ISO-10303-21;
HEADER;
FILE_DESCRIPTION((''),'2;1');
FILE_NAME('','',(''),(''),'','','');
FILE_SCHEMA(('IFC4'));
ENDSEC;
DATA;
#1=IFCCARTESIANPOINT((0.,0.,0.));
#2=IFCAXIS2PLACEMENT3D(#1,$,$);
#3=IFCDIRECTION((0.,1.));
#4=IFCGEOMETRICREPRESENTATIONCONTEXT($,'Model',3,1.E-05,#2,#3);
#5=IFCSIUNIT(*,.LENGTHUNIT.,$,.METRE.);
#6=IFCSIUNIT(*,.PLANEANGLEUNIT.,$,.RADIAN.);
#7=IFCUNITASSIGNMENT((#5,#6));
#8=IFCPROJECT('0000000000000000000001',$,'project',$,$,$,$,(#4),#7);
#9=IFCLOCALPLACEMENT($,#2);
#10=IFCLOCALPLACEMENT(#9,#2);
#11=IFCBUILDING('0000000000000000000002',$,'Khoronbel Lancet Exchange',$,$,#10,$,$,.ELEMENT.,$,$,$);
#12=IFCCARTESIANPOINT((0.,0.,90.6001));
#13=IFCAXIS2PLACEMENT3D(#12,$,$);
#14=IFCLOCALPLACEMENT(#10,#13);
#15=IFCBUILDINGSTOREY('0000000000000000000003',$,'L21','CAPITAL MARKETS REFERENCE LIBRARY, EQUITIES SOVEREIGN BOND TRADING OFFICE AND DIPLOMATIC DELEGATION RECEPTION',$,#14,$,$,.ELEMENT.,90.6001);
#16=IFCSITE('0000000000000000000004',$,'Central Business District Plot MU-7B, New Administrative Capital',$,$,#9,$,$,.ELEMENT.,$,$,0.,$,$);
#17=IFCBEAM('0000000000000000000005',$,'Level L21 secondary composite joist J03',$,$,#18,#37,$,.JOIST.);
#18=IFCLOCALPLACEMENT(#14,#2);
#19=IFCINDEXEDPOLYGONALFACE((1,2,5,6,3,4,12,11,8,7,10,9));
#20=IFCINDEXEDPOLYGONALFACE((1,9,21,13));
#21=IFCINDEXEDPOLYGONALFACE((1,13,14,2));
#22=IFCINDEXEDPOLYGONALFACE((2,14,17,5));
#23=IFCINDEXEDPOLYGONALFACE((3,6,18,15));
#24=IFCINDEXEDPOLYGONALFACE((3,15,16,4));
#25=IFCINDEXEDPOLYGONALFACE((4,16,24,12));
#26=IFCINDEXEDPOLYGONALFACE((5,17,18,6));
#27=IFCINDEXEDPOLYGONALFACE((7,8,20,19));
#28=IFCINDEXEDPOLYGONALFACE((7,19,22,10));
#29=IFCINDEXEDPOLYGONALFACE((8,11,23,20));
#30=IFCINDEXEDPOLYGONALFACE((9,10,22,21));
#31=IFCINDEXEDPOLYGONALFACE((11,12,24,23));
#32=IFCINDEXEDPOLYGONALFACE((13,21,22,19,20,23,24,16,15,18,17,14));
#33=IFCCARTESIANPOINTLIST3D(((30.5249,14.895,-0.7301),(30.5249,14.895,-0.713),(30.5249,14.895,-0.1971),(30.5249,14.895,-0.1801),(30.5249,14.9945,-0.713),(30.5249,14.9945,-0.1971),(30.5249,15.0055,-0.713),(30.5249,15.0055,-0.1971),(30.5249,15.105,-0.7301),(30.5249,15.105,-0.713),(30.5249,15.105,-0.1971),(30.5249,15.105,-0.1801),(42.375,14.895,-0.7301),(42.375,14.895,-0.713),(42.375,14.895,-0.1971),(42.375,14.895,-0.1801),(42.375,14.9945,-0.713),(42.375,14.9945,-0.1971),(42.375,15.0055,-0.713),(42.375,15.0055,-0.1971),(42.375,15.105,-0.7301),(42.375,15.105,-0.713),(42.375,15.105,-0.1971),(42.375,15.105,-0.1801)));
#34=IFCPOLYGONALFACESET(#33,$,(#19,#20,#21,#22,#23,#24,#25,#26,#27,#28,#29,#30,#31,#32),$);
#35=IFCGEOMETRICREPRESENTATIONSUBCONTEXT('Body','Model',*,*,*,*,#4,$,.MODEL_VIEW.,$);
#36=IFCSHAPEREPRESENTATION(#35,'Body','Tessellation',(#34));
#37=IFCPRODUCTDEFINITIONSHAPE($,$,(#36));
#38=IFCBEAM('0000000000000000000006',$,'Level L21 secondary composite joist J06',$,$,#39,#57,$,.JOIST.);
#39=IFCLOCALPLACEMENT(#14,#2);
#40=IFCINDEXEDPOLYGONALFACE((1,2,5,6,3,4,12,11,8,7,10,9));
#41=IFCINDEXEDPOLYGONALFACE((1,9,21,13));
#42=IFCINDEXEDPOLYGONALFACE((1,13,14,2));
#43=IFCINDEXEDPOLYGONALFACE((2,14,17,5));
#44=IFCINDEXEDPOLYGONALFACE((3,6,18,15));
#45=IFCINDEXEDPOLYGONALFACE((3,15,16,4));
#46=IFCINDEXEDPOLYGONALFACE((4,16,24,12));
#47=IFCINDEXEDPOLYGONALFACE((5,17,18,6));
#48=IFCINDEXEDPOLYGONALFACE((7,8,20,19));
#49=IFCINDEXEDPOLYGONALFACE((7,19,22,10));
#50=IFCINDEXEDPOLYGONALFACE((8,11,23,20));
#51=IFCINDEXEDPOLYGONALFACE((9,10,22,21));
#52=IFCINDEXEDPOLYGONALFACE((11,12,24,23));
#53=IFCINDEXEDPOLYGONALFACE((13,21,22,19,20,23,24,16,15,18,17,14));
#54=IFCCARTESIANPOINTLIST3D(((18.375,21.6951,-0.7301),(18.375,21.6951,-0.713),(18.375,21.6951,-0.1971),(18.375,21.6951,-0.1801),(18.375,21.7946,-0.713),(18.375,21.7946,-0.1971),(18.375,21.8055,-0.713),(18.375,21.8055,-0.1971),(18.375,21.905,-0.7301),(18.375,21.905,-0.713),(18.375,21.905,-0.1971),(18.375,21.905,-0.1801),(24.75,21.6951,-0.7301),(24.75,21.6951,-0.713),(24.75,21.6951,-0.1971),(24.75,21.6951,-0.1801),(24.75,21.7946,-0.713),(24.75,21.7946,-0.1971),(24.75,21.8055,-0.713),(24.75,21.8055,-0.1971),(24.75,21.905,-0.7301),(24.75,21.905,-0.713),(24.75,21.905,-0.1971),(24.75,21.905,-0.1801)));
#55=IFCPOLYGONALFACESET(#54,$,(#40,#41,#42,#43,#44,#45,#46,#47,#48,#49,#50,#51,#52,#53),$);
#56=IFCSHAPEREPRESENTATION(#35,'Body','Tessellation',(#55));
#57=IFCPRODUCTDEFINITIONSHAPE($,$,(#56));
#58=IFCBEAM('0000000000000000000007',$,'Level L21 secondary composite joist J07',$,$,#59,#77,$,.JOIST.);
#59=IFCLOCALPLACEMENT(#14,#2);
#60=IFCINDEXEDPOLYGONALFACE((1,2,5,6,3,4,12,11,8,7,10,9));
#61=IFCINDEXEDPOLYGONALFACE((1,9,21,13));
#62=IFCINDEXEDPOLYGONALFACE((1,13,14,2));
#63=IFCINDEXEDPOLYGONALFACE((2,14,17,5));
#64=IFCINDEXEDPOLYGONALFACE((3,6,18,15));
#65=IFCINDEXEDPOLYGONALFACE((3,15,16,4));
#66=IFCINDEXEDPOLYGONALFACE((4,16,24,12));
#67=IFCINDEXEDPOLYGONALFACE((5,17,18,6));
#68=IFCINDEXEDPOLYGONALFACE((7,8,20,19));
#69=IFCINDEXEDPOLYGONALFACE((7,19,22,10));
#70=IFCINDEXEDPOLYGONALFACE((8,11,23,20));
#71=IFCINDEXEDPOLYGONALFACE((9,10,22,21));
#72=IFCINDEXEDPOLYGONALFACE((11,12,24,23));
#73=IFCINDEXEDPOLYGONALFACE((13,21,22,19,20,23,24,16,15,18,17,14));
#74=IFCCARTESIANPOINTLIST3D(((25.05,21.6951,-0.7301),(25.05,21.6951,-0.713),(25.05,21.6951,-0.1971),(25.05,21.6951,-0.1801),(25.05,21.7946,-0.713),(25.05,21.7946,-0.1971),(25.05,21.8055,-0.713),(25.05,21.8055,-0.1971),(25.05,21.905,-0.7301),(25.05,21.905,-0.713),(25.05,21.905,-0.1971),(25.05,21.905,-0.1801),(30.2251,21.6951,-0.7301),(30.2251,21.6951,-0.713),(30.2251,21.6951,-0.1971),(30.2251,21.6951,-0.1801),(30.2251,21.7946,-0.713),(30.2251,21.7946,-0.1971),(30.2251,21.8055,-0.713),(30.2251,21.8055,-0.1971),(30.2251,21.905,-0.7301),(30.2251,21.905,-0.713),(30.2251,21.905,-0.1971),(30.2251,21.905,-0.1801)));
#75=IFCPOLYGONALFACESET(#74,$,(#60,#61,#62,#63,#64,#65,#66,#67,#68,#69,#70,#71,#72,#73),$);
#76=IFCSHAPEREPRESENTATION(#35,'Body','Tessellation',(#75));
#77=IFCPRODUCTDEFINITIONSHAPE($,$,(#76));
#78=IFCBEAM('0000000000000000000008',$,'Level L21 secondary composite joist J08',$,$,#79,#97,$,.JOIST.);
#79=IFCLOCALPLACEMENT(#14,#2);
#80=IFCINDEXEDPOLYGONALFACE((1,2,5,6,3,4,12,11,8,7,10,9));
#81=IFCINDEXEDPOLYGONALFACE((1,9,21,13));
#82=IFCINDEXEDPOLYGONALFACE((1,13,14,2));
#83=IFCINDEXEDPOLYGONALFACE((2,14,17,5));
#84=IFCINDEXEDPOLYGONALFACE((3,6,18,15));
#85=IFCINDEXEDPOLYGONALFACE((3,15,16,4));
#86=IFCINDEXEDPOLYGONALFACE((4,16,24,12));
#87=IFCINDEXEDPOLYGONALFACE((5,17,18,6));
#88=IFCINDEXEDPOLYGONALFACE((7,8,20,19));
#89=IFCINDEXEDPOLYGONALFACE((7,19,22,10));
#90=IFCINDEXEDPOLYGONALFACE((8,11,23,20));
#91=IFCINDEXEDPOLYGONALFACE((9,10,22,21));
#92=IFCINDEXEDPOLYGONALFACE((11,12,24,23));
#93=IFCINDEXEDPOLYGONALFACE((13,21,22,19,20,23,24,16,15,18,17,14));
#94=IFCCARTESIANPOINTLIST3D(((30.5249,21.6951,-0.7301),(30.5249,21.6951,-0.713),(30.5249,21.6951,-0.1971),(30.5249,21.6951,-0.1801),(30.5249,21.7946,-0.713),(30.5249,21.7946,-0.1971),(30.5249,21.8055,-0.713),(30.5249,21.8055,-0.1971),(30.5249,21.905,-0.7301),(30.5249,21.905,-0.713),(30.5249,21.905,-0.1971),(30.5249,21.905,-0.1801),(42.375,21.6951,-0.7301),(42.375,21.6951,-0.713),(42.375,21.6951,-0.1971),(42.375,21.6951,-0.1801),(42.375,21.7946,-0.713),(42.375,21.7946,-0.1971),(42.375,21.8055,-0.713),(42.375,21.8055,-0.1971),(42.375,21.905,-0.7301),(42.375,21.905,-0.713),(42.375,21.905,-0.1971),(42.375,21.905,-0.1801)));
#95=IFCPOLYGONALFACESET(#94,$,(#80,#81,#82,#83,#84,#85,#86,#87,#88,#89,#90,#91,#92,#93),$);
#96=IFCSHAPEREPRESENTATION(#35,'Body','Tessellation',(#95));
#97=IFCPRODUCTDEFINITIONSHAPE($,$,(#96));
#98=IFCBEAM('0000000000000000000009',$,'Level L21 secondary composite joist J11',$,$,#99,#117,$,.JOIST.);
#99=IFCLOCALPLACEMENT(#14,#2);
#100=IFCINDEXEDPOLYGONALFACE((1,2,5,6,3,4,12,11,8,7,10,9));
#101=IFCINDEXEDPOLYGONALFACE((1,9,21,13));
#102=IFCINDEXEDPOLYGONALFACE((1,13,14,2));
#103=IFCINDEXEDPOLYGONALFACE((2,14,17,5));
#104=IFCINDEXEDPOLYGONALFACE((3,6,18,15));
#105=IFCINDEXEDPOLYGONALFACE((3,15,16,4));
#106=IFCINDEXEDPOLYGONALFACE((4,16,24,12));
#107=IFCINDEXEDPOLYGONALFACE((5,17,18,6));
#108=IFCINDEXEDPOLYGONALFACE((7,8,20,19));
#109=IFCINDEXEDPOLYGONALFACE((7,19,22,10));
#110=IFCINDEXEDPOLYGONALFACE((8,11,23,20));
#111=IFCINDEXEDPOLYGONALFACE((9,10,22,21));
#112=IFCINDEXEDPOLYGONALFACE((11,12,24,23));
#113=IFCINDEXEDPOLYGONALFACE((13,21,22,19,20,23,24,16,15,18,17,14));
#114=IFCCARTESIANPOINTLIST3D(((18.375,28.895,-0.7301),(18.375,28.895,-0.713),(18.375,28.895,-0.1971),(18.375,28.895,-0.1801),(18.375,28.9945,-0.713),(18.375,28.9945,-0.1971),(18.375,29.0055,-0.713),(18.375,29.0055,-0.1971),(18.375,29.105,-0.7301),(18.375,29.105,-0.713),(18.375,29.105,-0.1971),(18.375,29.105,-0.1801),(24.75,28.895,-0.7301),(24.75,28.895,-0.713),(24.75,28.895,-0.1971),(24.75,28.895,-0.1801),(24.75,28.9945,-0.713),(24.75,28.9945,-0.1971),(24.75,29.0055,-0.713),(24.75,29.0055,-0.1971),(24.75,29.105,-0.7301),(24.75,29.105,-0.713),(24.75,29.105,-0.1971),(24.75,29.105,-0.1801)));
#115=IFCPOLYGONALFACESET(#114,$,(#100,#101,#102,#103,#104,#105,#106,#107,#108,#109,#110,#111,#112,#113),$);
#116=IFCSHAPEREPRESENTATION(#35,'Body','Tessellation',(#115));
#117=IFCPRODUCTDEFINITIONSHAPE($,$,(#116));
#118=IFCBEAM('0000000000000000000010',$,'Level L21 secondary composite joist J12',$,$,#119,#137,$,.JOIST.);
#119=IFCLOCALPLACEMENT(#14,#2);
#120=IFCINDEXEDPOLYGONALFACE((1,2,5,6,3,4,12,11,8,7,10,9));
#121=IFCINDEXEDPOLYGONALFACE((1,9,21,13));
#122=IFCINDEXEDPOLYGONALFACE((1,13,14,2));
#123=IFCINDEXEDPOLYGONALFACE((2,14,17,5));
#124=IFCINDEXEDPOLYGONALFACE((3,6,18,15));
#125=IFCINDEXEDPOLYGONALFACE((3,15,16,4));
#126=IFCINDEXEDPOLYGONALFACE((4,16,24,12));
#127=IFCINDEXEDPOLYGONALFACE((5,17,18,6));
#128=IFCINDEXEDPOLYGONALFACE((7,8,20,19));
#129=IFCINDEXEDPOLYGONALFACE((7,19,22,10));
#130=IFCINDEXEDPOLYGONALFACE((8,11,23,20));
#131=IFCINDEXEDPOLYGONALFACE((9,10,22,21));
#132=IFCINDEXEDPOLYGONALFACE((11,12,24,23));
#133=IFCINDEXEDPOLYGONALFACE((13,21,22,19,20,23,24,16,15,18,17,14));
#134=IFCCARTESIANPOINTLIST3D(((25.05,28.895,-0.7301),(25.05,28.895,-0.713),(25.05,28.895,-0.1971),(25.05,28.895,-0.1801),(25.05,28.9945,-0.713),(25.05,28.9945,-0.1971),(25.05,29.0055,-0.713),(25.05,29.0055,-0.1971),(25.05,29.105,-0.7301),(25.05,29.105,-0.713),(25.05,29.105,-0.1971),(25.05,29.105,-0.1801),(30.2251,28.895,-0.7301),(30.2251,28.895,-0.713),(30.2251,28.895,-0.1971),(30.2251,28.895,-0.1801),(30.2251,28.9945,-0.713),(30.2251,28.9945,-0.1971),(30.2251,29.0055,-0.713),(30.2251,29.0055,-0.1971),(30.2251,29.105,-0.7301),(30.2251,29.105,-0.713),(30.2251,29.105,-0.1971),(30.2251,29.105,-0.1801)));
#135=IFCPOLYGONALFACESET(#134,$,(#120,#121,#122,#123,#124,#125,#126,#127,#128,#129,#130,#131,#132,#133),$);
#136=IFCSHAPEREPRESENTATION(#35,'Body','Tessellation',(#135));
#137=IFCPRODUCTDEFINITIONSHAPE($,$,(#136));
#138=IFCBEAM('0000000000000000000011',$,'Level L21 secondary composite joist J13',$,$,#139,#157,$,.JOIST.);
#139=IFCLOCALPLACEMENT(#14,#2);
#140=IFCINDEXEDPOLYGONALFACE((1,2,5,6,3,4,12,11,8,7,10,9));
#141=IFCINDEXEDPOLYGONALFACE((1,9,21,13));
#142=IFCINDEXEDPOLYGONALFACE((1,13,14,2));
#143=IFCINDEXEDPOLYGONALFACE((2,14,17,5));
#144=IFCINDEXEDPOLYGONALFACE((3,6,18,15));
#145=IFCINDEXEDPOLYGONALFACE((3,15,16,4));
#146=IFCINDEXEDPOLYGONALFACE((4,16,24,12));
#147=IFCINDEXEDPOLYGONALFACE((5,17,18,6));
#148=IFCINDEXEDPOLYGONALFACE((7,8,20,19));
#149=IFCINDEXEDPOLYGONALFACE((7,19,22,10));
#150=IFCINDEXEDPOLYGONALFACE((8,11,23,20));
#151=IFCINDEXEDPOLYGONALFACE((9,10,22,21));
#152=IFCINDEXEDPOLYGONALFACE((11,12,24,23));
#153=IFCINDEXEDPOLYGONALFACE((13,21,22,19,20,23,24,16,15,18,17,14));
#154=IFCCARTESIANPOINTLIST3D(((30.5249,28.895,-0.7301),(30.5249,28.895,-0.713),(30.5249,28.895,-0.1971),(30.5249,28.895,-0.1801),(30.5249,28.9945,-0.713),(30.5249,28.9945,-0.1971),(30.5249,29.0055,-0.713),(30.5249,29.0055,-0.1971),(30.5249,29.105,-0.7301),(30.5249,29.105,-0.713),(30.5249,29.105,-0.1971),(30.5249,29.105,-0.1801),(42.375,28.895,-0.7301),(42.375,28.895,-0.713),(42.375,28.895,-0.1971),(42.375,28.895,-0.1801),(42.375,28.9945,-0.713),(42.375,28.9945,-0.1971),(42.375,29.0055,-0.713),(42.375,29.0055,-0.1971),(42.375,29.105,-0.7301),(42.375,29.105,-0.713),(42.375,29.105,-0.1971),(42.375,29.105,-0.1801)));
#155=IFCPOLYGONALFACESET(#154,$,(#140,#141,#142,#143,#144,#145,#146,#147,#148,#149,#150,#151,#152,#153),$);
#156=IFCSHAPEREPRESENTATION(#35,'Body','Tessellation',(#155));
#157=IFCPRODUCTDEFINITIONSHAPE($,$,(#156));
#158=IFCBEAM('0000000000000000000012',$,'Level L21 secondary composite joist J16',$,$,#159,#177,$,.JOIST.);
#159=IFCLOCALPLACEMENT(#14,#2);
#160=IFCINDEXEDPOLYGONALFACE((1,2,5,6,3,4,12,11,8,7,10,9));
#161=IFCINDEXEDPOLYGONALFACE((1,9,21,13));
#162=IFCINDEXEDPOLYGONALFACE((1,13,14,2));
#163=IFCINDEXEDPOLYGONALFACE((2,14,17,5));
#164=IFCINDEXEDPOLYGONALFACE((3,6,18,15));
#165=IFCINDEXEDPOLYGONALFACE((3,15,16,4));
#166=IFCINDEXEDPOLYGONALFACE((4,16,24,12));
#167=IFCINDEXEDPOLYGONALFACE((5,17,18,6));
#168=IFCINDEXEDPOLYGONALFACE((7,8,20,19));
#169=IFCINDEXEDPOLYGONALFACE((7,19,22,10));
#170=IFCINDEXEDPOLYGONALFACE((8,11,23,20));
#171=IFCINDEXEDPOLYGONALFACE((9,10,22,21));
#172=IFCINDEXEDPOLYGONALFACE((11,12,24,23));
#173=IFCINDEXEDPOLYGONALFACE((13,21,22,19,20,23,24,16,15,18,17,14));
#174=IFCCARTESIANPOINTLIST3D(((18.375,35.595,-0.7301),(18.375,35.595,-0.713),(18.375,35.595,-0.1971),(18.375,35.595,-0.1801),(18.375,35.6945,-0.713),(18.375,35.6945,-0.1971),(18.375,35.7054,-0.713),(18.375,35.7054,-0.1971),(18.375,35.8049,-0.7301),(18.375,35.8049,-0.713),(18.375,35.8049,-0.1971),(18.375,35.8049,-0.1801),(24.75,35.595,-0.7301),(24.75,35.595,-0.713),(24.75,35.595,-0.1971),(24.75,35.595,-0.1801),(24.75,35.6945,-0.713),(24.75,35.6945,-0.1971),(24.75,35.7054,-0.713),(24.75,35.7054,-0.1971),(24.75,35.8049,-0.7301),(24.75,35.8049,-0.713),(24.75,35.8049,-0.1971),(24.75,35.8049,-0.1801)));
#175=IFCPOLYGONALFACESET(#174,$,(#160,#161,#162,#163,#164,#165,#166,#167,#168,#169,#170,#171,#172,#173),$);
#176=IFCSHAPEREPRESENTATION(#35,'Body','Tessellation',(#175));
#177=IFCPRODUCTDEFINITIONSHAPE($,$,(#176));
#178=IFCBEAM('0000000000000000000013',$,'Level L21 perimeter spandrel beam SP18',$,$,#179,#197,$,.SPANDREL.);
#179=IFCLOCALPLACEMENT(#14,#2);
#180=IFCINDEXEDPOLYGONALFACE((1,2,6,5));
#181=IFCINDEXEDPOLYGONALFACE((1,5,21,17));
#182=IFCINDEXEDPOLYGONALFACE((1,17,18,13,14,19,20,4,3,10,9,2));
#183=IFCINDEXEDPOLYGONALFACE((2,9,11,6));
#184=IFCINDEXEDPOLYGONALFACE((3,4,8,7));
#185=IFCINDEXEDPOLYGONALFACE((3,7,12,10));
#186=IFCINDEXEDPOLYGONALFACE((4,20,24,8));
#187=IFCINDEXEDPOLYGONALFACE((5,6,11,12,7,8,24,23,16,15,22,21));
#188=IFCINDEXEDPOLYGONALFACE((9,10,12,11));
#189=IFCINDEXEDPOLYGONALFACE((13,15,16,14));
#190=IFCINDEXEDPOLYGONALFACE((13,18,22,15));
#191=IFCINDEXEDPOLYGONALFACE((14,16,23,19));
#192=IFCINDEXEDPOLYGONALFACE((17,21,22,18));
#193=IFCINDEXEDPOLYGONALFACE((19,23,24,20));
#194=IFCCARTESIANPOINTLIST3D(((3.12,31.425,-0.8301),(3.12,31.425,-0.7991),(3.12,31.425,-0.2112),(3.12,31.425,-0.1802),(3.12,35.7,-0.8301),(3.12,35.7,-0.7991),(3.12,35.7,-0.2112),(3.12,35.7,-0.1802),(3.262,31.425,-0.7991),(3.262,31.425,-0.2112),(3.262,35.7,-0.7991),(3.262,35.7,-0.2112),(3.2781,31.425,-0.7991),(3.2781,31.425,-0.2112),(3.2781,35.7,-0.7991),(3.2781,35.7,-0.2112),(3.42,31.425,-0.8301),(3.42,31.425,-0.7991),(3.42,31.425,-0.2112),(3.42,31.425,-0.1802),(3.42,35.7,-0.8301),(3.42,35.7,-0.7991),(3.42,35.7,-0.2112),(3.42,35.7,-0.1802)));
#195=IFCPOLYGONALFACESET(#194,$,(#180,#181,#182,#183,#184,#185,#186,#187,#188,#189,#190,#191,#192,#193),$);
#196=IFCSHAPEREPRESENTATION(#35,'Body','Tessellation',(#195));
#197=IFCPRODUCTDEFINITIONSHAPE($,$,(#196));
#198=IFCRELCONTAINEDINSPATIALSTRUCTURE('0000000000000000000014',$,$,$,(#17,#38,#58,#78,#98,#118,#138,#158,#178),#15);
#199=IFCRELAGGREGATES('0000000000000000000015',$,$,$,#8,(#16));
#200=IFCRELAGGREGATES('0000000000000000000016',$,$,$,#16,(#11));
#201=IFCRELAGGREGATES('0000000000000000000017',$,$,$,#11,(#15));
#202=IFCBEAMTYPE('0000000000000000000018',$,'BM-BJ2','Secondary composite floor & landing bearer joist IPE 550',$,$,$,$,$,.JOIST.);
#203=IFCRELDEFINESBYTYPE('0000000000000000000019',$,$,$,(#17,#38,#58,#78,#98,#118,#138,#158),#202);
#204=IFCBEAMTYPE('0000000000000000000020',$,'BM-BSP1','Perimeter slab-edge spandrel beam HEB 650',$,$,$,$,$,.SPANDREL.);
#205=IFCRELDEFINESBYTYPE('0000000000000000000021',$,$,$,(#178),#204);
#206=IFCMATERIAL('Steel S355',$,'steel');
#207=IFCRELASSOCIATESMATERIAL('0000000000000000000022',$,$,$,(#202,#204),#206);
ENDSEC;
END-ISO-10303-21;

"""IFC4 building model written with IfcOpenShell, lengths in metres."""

from ifc_helpers import new_model, si_unit, direction, frame, origin, origin_2d, place, context, subcontext, project, spatial, i_section, extrude, material, material_profile, profile_set, type_object, element, save


model = new_model("IFC4")

# Units and contexts
model_context = context("Model", 3, precision=1e-05, world=origin(), true_north=direction((0.0, 1.0)))
body_context = subcontext(model_context, "Body", "Model", "MODEL_VIEW")
ifc_project = project(units=[si_unit("LENGTHUNIT", "METRE"), si_unit("PLANEANGLEUNIT", "RADIAN")], contexts=[model_context])

# Site, building, storey
site_placement = place(None, origin())
site = spatial("IfcSite", under=ifc_project, at=site_placement, Name="Central Business District Plot MU-7B, New Administrative Capital", CompositionType="ELEMENT", RefElevation=0.0)
building_placement = place(site_placement, origin())
building = spatial("IfcBuilding", under=site, at=building_placement, Name="Khoronbel Lancet Exchange", CompositionType="ELEMENT")
storey_placement = place(building_placement, frame((0.0, 0.0, 90.6001)))
storey = spatial("IfcBuildingStorey", under=building, at=storey_placement, Name="L21", Description="CAPITAL MARKETS REFERENCE LIBRARY, EQUITIES SOVEREIGN BOND TRADING OFFICE AND DIPLOMATIC DELEGATION RECEPTION", CompositionType="ELEMENT", Elevation=90.6001)

# Shared definitions
ifc_material_1 = material(Name="Steel S355", Category="steel")

# Beams
ifc_material_profile_1 = material_profile(ifc_material_1, i_section(OverallWidth=0.21, OverallDepth=0.55, WebThickness=0.011, FlangeThickness=0.0171, at=origin_2d()), Name="IPE 550")
ifc_profile_set_1 = profile_set([ifc_material_profile_1], Name="Steel S355")
beam_type_1 = type_object("IfcBeamType", Name="BM-BJ2", Description="Secondary composite floor & landing bearer joist IPE 550", PredefinedType="JOIST", material=ifc_profile_set_1)
beam_1_placement = place(storey_placement, frame((30.5249, 15.0, -0.4551), z_axis=(1.0, 0.0, 0.0), x_axis=(0.0, 1.0, 0.0)))
element("IfcBeam", 1, at=beam_1_placement, inside=storey, type_object=beam_type_1, Name="Level L21 secondary composite joist J03", PredefinedType="JOIST", context=body_context, shape_type="SweptSolid", body=[
    extrude(i_section(OverallWidth=0.21, OverallDepth=0.55, WebThickness=0.011, FlangeThickness=0.0171, at=origin_2d()), origin(), (0.0, 0.0, 1.0), 11.8501),
])
beam_2_placement = place(storey_placement, frame((18.375, 21.8, -0.4551), z_axis=(1.0, 0.0, 0.0), x_axis=(0.0, 1.0, 0.0)))
element("IfcBeam", 2, at=beam_2_placement, inside=storey, type_object=beam_type_1, Name="Level L21 secondary composite joist J06", PredefinedType="JOIST", context=body_context, shape_type="SweptSolid", body=[
    extrude(i_section(OverallWidth=0.21, OverallDepth=0.55, WebThickness=0.011, FlangeThickness=0.0171, at=origin_2d()), origin(), (0.0, 0.0, 1.0), 6.375),
])
beam_3_placement = place(storey_placement, frame((25.05, 21.8, -0.4551), z_axis=(1.0, 0.0, 0.0), x_axis=(0.0, 1.0, 0.0)))
element("IfcBeam", 3, at=beam_3_placement, inside=storey, type_object=beam_type_1, Name="Level L21 secondary composite joist J07", PredefinedType="JOIST", context=body_context, shape_type="SweptSolid", body=[
    extrude(i_section(OverallWidth=0.21, OverallDepth=0.55, WebThickness=0.011, FlangeThickness=0.0171, at=origin_2d()), origin(), (0.0, 0.0, 1.0), 5.175),
])
beam_4_placement = place(storey_placement, frame((30.5249, 21.8, -0.4551), z_axis=(1.0, 0.0, 0.0), x_axis=(0.0, 1.0, 0.0)))
element("IfcBeam", 4, at=beam_4_placement, inside=storey, type_object=beam_type_1, Name="Level L21 secondary composite joist J08", PredefinedType="JOIST", context=body_context, shape_type="SweptSolid", body=[
    extrude(i_section(OverallWidth=0.21, OverallDepth=0.55, WebThickness=0.011, FlangeThickness=0.0171, at=origin_2d()), origin(), (0.0, 0.0, 1.0), 11.8501),
])
beam_5_placement = place(storey_placement, frame((18.375, 29.0, -0.4551), z_axis=(1.0, 0.0, 0.0), x_axis=(0.0, 1.0, 0.0)))
element("IfcBeam", 5, at=beam_5_placement, inside=storey, type_object=beam_type_1, Name="Level L21 secondary composite joist J11", PredefinedType="JOIST", context=body_context, shape_type="SweptSolid", body=[
    extrude(i_section(OverallWidth=0.21, OverallDepth=0.55, WebThickness=0.011, FlangeThickness=0.0171, at=origin_2d()), origin(), (0.0, 0.0, 1.0), 6.375),
])
beam_6_placement = place(storey_placement, frame((25.05, 29.0, -0.4551), z_axis=(1.0, 0.0, 0.0), x_axis=(0.0, 1.0, 0.0)))
element("IfcBeam", 6, at=beam_6_placement, inside=storey, type_object=beam_type_1, Name="Level L21 secondary composite joist J12", PredefinedType="JOIST", context=body_context, shape_type="SweptSolid", body=[
    extrude(i_section(OverallWidth=0.21, OverallDepth=0.55, WebThickness=0.011, FlangeThickness=0.0171, at=origin_2d()), origin(), (0.0, 0.0, 1.0), 5.175),
])
beam_7_placement = place(storey_placement, frame((30.5249, 29.0, -0.4551), z_axis=(1.0, 0.0, 0.0), x_axis=(0.0, 1.0, 0.0)))
element("IfcBeam", 7, at=beam_7_placement, inside=storey, type_object=beam_type_1, Name="Level L21 secondary composite joist J13", PredefinedType="JOIST", context=body_context, shape_type="SweptSolid", body=[
    extrude(i_section(OverallWidth=0.21, OverallDepth=0.55, WebThickness=0.011, FlangeThickness=0.0171, at=origin_2d()), origin(), (0.0, 0.0, 1.0), 11.8501),
])
beam_8_placement = place(storey_placement, frame((18.375, 35.7, -0.4551), z_axis=(1.0, 0.0, 0.0), x_axis=(0.0, 1.0, 0.0)))
element("IfcBeam", 8, at=beam_8_placement, inside=storey, type_object=beam_type_1, Name="Level L21 secondary composite joist J16", PredefinedType="JOIST", context=body_context, shape_type="SweptSolid", body=[
    extrude(i_section(OverallWidth=0.21, OverallDepth=0.55, WebThickness=0.011, FlangeThickness=0.0171, at=origin_2d()), origin(), (0.0, 0.0, 1.0), 6.375),
])
ifc_material_profile_2 = material_profile(ifc_material_1, i_section(OverallWidth=0.3, OverallDepth=0.6499, WebThickness=0.0161, FlangeThickness=0.031, at=origin_2d()), Name="HEB 650")
ifc_profile_set_2 = profile_set([ifc_material_profile_2], Name="Steel S355")
beam_type_2 = type_object("IfcBeamType", Name="BM-BSP1", Description="Perimeter slab-edge spandrel beam HEB 650", PredefinedType="SPANDREL", material=ifc_profile_set_2)
beam_9_placement = place(storey_placement, frame((3.27, 35.7, -0.5051), z_axis=(0.0, -1.0, 0.0), x_axis=(1.0, 0.0, 0.0)))
element("IfcBeam", 9, at=beam_9_placement, inside=storey, type_object=beam_type_2, Name="Level L21 perimeter spandrel beam SP18", PredefinedType="SPANDREL", context=body_context, shape_type="SweptSolid", body=[
    extrude(i_section(OverallWidth=0.3, OverallDepth=0.6499, WebThickness=0.0161, FlangeThickness=0.031, at=origin_2d()), origin(), (0.0, 0.0, 1.0), 4.2749),
])

save(model, "model.ifc")
